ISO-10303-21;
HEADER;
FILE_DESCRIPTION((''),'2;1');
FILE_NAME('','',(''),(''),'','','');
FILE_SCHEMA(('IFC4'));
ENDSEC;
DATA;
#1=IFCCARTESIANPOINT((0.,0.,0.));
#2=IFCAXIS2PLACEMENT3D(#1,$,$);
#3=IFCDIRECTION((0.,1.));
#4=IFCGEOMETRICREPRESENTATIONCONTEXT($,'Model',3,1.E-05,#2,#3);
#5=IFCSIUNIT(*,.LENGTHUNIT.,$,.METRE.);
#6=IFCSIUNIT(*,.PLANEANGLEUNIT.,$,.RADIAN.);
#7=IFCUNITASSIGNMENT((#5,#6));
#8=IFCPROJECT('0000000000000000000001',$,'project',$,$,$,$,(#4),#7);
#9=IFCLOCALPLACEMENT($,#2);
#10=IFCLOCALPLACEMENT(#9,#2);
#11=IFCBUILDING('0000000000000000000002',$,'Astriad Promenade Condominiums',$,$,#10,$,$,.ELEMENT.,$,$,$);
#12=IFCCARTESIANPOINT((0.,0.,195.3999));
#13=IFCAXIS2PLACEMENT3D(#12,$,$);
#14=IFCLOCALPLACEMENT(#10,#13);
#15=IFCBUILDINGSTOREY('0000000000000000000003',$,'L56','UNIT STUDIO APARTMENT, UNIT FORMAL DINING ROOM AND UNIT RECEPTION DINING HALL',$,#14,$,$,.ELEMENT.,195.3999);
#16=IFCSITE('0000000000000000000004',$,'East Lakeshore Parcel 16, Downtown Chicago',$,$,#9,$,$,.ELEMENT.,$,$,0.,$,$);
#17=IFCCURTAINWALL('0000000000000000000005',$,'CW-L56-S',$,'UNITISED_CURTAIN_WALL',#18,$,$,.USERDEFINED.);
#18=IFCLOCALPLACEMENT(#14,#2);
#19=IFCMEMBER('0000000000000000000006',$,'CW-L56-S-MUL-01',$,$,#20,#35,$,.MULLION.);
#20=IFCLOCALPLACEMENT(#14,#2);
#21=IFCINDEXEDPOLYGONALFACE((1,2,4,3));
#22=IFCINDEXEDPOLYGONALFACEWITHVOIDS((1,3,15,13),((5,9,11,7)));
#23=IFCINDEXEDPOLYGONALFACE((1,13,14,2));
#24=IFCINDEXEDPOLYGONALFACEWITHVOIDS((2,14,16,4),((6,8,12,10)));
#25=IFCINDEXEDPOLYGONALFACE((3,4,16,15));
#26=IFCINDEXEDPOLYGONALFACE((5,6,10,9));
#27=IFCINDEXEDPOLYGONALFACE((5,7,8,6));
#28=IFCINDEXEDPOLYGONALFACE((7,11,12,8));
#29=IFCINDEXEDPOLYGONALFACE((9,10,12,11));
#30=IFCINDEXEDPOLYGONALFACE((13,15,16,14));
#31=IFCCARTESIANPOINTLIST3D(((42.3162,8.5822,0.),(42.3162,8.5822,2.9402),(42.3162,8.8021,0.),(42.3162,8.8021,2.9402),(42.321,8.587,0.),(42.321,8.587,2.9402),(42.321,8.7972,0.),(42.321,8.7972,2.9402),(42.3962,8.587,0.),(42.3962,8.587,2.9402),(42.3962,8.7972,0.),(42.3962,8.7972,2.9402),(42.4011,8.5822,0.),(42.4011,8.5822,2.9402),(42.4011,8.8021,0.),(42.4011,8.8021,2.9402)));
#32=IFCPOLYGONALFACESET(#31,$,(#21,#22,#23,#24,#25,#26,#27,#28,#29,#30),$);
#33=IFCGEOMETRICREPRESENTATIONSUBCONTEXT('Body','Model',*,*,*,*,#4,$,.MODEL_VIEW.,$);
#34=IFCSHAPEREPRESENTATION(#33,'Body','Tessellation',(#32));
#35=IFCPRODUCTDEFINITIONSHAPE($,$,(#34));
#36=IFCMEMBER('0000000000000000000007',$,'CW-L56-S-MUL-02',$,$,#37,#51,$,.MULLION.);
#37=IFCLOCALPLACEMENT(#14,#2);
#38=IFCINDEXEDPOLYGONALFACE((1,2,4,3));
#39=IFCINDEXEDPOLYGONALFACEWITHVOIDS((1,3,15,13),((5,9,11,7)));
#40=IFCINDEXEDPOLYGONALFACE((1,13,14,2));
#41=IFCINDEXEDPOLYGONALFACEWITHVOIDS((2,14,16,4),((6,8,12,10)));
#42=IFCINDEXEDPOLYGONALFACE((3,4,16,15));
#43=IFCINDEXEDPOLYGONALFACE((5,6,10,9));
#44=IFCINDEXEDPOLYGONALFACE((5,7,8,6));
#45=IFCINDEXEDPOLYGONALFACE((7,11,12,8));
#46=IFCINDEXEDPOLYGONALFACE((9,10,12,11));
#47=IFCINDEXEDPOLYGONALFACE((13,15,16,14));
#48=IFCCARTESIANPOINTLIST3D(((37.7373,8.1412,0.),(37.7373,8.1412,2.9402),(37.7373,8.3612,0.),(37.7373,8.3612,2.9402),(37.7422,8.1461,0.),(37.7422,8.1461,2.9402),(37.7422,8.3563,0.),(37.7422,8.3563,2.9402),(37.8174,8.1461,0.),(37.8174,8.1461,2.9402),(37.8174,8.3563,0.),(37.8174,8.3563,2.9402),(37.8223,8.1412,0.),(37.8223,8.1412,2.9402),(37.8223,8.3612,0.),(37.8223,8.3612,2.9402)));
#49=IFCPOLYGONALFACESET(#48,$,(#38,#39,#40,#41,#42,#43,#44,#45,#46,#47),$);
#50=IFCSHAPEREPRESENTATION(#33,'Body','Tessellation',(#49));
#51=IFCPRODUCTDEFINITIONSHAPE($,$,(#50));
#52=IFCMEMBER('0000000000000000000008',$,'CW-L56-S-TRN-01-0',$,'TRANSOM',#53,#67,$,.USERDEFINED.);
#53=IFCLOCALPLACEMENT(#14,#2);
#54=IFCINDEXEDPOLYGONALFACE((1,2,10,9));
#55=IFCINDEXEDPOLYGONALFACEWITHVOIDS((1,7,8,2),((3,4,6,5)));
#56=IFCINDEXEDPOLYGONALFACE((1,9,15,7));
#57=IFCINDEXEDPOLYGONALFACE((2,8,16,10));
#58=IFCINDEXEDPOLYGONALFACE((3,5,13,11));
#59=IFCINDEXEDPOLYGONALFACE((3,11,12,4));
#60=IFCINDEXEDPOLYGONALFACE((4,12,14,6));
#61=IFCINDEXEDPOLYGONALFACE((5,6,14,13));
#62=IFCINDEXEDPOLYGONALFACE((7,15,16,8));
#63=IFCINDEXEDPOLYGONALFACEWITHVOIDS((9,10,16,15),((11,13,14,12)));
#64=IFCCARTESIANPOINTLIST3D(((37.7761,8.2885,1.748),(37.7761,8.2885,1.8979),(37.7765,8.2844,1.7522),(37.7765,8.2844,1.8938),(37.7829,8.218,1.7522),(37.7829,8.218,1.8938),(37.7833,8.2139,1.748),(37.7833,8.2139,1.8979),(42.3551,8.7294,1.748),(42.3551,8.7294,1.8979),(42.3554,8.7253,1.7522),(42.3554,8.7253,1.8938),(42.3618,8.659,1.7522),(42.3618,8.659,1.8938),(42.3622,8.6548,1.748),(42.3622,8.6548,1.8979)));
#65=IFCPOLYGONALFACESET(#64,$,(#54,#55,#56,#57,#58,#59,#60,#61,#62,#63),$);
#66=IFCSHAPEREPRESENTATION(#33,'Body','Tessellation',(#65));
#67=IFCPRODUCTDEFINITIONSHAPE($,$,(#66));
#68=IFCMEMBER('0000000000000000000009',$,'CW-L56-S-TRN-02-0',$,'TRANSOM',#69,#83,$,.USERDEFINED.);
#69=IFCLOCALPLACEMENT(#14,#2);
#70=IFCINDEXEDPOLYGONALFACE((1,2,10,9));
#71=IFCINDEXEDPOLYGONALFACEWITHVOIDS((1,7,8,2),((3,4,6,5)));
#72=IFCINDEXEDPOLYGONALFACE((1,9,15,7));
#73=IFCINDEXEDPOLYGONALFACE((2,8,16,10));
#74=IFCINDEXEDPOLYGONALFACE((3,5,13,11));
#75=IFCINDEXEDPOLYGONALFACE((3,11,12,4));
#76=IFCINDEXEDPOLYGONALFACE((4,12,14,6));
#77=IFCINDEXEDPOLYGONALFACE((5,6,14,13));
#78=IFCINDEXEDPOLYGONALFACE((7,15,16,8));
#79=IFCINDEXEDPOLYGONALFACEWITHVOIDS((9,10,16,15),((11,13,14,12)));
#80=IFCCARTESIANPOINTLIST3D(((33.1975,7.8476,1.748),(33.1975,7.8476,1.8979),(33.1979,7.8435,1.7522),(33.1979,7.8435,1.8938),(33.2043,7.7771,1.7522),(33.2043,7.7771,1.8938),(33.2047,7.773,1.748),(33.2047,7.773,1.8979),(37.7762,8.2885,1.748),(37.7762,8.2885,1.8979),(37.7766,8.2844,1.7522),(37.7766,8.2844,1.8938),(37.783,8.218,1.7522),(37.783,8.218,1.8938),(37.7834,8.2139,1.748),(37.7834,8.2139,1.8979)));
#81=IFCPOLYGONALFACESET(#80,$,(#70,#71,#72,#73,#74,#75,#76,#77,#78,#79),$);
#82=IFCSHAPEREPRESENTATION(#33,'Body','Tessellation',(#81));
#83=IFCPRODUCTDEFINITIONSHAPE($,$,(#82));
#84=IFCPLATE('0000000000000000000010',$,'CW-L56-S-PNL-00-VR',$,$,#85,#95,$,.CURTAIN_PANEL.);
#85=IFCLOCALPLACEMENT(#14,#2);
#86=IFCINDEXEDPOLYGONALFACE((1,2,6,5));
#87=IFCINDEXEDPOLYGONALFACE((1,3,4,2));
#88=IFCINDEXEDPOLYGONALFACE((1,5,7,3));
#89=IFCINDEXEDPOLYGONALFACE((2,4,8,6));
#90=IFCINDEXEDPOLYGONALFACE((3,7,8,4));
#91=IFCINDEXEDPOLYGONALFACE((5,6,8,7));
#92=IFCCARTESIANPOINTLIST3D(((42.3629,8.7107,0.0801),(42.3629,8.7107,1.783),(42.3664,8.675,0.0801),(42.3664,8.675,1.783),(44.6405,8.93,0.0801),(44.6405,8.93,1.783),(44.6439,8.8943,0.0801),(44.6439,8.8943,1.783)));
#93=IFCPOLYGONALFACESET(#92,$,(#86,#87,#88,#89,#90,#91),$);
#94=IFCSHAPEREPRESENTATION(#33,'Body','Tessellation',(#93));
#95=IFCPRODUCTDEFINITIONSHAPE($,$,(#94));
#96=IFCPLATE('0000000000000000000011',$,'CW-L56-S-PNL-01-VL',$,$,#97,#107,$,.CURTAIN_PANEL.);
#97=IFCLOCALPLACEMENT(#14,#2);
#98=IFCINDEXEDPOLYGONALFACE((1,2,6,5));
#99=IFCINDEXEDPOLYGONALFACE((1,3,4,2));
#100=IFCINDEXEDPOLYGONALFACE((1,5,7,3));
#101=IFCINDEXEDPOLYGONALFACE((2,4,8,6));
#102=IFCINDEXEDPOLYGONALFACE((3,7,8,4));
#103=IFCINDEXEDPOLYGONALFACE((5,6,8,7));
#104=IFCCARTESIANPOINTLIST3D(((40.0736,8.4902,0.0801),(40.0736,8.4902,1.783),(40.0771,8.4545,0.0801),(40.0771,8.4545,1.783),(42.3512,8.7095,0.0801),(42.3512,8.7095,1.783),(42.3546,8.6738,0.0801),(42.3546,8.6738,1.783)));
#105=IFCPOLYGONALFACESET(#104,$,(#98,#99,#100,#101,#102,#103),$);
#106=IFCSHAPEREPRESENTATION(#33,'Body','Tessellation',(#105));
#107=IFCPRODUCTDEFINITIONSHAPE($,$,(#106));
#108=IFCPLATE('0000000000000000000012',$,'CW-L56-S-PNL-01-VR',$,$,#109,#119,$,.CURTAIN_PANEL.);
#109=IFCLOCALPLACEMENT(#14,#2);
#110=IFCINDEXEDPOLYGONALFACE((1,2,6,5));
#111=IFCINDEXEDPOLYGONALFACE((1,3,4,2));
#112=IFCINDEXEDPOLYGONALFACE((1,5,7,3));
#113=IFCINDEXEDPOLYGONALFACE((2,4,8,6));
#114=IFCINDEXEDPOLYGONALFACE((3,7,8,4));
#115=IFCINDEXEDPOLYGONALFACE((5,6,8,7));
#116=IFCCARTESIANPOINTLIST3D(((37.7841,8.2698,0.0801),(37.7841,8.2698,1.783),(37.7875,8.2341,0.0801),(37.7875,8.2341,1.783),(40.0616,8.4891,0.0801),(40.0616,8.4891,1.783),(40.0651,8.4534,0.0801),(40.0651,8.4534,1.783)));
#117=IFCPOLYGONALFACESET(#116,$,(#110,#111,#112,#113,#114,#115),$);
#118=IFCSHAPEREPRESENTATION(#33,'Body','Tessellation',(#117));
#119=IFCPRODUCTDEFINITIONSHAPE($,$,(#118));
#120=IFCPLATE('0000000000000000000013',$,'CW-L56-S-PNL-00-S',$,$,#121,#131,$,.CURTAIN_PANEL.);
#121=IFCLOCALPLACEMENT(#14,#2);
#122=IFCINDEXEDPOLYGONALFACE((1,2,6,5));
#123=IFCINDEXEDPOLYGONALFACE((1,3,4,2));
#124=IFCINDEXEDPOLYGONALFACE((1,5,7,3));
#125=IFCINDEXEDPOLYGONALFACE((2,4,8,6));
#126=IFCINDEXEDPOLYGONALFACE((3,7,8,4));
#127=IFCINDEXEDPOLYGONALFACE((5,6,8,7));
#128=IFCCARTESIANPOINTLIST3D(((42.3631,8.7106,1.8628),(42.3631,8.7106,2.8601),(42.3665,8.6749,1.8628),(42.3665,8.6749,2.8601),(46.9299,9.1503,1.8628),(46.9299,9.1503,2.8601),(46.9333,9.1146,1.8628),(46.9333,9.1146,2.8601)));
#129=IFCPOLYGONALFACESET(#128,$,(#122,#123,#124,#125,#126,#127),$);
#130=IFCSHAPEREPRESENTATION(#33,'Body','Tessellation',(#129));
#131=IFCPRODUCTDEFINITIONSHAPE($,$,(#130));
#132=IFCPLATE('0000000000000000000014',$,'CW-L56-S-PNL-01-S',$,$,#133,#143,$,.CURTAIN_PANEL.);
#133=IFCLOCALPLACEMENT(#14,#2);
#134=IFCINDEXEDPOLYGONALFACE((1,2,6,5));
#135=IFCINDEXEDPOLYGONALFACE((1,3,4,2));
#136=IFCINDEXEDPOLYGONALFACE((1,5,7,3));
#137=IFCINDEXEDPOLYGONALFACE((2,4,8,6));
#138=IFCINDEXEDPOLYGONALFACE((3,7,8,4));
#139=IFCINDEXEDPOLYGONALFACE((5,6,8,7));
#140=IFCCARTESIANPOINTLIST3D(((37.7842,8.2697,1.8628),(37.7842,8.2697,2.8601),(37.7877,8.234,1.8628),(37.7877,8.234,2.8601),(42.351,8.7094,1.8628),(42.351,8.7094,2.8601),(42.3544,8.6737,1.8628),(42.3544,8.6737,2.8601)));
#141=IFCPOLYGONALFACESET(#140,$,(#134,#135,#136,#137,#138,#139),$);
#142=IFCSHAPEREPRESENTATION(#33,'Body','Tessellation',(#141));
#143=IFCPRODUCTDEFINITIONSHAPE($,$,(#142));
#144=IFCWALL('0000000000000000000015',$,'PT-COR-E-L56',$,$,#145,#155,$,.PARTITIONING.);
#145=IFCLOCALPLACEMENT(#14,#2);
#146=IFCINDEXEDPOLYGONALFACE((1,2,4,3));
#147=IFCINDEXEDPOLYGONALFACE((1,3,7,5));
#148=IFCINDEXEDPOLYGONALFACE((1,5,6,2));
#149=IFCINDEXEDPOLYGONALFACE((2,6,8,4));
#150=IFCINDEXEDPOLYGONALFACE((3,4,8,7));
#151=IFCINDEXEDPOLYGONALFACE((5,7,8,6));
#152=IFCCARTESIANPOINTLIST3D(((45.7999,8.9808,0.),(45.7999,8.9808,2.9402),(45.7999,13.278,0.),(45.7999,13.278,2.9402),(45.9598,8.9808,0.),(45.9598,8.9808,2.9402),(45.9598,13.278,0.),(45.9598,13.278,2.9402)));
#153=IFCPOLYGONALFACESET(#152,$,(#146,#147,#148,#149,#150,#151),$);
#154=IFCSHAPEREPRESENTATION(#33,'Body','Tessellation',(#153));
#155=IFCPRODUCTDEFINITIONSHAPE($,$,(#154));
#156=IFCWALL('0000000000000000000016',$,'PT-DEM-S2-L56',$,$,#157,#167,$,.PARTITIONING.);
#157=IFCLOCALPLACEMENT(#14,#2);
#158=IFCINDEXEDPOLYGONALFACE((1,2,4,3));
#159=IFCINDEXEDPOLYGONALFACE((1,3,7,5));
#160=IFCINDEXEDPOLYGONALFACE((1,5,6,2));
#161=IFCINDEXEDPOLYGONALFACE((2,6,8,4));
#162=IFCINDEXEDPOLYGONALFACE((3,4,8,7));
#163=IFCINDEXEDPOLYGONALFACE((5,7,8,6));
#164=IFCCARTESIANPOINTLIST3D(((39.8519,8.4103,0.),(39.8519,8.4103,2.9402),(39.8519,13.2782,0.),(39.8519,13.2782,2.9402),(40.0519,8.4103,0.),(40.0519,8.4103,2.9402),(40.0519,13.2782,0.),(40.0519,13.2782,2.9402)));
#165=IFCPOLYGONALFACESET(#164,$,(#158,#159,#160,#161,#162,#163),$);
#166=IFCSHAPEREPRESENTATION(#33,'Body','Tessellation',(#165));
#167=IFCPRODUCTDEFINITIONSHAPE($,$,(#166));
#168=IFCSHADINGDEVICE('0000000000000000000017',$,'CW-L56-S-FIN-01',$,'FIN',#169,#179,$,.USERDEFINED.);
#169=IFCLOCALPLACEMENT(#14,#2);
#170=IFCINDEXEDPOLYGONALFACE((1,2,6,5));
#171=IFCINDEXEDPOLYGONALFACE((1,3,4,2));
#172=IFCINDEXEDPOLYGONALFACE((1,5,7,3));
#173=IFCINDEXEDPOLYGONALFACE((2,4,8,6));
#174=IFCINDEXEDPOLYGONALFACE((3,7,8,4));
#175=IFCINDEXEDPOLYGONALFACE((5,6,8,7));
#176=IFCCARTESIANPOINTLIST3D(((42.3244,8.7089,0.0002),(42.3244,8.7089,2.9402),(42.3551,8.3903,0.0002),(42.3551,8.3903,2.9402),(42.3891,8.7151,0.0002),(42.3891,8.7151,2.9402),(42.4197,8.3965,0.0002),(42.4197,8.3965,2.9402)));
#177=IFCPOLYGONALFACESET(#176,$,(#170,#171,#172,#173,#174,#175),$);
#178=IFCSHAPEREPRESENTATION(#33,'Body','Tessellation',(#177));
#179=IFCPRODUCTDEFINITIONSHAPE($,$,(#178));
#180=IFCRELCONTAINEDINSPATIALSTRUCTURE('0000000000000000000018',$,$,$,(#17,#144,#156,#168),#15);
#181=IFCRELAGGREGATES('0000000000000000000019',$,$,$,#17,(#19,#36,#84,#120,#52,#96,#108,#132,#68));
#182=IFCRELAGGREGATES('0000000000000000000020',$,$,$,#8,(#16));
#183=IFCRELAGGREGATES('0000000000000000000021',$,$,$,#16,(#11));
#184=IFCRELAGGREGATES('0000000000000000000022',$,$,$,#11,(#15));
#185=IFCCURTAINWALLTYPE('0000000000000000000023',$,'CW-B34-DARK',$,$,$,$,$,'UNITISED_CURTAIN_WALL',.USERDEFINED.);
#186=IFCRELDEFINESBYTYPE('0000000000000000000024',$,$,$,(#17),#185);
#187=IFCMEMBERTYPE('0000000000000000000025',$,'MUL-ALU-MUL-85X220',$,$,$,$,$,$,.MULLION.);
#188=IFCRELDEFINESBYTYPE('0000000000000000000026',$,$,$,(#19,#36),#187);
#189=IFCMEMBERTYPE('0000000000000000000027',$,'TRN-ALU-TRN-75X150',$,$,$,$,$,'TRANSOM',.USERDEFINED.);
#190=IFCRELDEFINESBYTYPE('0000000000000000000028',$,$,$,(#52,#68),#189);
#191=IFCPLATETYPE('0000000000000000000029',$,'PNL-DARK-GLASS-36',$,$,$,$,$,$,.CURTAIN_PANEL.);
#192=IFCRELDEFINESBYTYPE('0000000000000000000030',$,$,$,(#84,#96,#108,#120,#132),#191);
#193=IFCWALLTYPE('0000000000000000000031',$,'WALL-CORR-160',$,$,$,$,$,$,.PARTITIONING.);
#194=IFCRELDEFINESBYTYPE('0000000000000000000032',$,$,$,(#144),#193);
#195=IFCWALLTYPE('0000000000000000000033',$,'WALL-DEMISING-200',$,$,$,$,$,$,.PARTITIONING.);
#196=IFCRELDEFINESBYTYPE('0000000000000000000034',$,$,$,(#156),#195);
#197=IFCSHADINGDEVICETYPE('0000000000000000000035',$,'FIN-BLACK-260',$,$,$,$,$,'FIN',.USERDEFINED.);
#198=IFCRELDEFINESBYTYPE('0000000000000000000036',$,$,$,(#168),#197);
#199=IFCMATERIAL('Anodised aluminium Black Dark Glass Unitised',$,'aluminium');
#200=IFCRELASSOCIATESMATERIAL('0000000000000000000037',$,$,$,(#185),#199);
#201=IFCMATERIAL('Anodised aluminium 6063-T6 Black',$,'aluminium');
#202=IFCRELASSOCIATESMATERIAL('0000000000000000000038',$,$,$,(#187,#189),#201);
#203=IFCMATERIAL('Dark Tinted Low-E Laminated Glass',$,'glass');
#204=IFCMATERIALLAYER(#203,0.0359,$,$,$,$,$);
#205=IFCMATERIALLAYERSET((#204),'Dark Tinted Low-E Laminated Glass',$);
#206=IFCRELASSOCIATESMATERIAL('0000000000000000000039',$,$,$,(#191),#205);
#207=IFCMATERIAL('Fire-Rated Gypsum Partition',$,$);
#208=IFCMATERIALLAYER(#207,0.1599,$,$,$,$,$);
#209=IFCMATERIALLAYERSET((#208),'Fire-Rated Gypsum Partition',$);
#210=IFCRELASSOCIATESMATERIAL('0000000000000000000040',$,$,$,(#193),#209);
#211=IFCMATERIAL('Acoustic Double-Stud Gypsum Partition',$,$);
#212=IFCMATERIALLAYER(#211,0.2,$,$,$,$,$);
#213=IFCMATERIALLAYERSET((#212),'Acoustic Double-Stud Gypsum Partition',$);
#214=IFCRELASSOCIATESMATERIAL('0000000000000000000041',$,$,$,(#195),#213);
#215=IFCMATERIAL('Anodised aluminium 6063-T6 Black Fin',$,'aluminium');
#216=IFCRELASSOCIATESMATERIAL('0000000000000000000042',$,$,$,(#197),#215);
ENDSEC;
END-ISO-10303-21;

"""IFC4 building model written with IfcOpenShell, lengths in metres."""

from ifc_helpers import new_model, si_unit, direction, frame, frame_2d, origin, origin_2d, place, context, subcontext, project, spatial, rectangle, hollow_rectangle, extrude, source, transform, mapped, material, layer, layer_set, material_profile, profile_set, type_object, type_shapes, element, aggregate, save


model = new_model("IFC4")

# Units and contexts
model_context = context("Model", 3, precision=1e-05, world=origin(), true_north=direction((0.0, 1.0)))
body_context = subcontext(model_context, "Body", "Model", "MODEL_VIEW")
ifc_project = project(units=[si_unit("LENGTHUNIT", "METRE"), si_unit("PLANEANGLEUNIT", "RADIAN")], contexts=[model_context])

# Site, building, storey
site_placement = place(None, origin())
site = spatial("IfcSite", under=ifc_project, at=site_placement, Name="East Lakeshore Parcel 16, Downtown Chicago", CompositionType="ELEMENT", RefElevation=0.0)
building_placement = place(site_placement, origin())
building = spatial("IfcBuilding", under=site, at=building_placement, Name="Astriad Promenade Condominiums", CompositionType="ELEMENT")
storey_placement = place(building_placement, frame((0.0, 0.0, 195.3999)))
storey = spatial("IfcBuildingStorey", under=building, at=storey_placement, Name="L56", Description="UNIT STUDIO APARTMENT, UNIT FORMAL DINING ROOM AND UNIT RECEPTION DINING HALL", CompositionType="ELEMENT", Elevation=195.3999)

# Curtain wall, members, plates
ifc_material_1 = material(Name="Anodised aluminium Black Dark Glass Unitised", Category="aluminium")
curtain_wall_type = type_object("IfcCurtainWallType", Name="CW-B34-DARK", ElementType="UNITISED_CURTAIN_WALL", PredefinedType="USERDEFINED", material=ifc_material_1)
curtain_wall_placement = place(storey_placement, origin())
curtain_wall = element("IfcCurtainWall", 1, at=curtain_wall_placement, inside=storey, type_object=curtain_wall_type, Name="CW-L56-S", ObjectType="UNITISED_CURTAIN_WALL", PredefinedType="USERDEFINED")
ifc_material_2 = material(Name="Anodised aluminium 6063-T6 Black", Category="aluminium")
ifc_material_profile_1 = material_profile(ifc_material_2, hollow_rectangle(XDim=0.085, YDim=0.22, WallThickness=0.0049, at=origin_2d()), Name="ALU-MUL-85X220")
ifc_profile_set_1 = profile_set([ifc_material_profile_1], Name="Anodised aluminium 6063-T6 Black")
member_type_1 = type_object("IfcMemberType", Name="MUL-ALU-MUL-85X220", PredefinedType="MULLION", material=ifc_profile_set_1)
shared_shape_1 = source(origin(), body_context, "Body", "SweptSolid", [
    extrude(hollow_rectangle(XDim=0.085, YDim=0.22, WallThickness=0.0049, at=origin_2d()), origin(), (0.0, 0.0, 1.0), 2.9402),
])
type_shapes(member_type_1, [shared_shape_1])
member_1_placement = place(storey_placement, frame((42.3586, 8.6921, 0.0), z_axis=(0.0, 0.0, 1.0), x_axis=(1.0, 0.0, 0.0)))
member_1 = element("IfcMember", 2, at=member_1_placement, type_object=member_type_1, Name="CW-L56-S-MUL-01", PredefinedType="MULLION", context=body_context, shape_type="MappedRepresentation", body=[
    mapped(shared_shape_1, transform((0.0, 0.0, 0.0), scale=1.0)),
])
member_2_placement = place(storey_placement, frame((37.7798, 8.2512, 0.0), z_axis=(0.0, 0.0, 1.0), x_axis=(1.0, 0.0, 0.0)))
member_2 = element("IfcMember", 3, at=member_2_placement, type_object=member_type_1, Name="CW-L56-S-MUL-02", PredefinedType="MULLION", context=body_context, shape_type="MappedRepresentation", body=[
    mapped(shared_shape_1, transform((0.0, 0.0, 0.0), scale=1.0)),
])
ifc_material_profile_2 = material_profile(ifc_material_2, hollow_rectangle(XDim=0.075, YDim=0.1499, WallThickness=0.0042, at=origin_2d()), Name="ALU-TRN-75X150")
ifc_profile_set_2 = profile_set([ifc_material_profile_2], Name="Anodised aluminium 6063-T6 Black")
member_type_2 = type_object("IfcMemberType", Name="TRN-ALU-TRN-75X150", ElementType="TRANSOM", PredefinedType="USERDEFINED", material=ifc_profile_set_2)
shared_shape_2 = source(origin(), body_context, "Body", "SweptSolid", [
    extrude(hollow_rectangle(XDim=0.075, YDim=0.1499, WallThickness=0.0042, at=origin_2d()), origin(), (0.0, 0.0, 1.0), 4.6001),
])
member_3_placement = place(storey_placement, frame((42.3586, 8.6921, 1.823), z_axis=(-0.995396, -0.095851, 0.0), x_axis=(0.095851, -0.995396, 0.0)))
member_3 = element("IfcMember", 4, at=member_3_placement, type_object=member_type_2, Name="CW-L56-S-TRN-01-0", ObjectType="TRANSOM", PredefinedType="USERDEFINED", context=body_context, shape_type="MappedRepresentation", body=[
    mapped(shared_shape_2, transform((0.0, 0.0, 0.0), scale=1.0)),
])
shared_shape_3 = source(origin(), body_context, "Body", "SweptSolid", [
    extrude(hollow_rectangle(XDim=0.075, YDim=0.1499, WallThickness=0.0042, at=origin_2d()), origin(), (0.0, 0.0, 1.0), 4.5999),
])
type_shapes(member_type_2, [shared_shape_2, shared_shape_3])
member_4_placement = place(storey_placement, frame((37.7798, 8.2512, 1.823), z_axis=(-0.995395, -0.095856, 0.0), x_axis=(0.095856, -0.995395, 0.0)))
member_4 = element("IfcMember", 5, at=member_4_placement, type_object=member_type_2, Name="CW-L56-S-TRN-02-0", ObjectType="TRANSOM", PredefinedType="USERDEFINED", context=body_context, shape_type="MappedRepresentation", body=[
    mapped(shared_shape_3, transform((0.0, 0.0, 0.0), scale=1.0)),
])
ifc_material_3 = material(Name="Dark Tinted Low-E Laminated Glass", Category="glass")
ifc_layer_1 = layer(ifc_material_3, 0.0359)
ifc_layer_set_1 = layer_set([ifc_layer_1], Name="Dark Tinted Low-E Laminated Glass")
plate_type = type_object("IfcPlateType", Name="PNL-DARK-GLASS-36", PredefinedType="CURTAIN_PANEL", material=ifc_layer_set_1)
shared_shape_4 = source(origin(), body_context, "Body", "SweptSolid", [
    extrude(rectangle(XDim=2.2881, YDim=0.0359, at=origin_2d()), origin(), (0.0, 0.0, 1.0), 1.7029),
])
plate_1_placement = place(storey_placement, frame((43.5034, 8.8025, 0.0801), z_axis=(0.0, 0.0, 1.0), x_axis=(-0.995396, -0.095846, 0.0)))
plate_1 = element("IfcPlate", 6, at=plate_1_placement, type_object=plate_type, Name="CW-L56-S-PNL-00-VR", PredefinedType="CURTAIN_PANEL", context=body_context, shape_type="MappedRepresentation", body=[
    mapped(shared_shape_4, transform((0.0, 0.0, 0.0), scale=1.0)),
])
plate_2_placement = place(storey_placement, frame((41.2141, 8.582, 0.0801), z_axis=(0.0, 0.0, 1.0), x_axis=(-0.995396, -0.095846, 0.0)))
plate_2 = element("IfcPlate", 7, at=plate_2_placement, type_object=plate_type, Name="CW-L56-S-PNL-01-VL", PredefinedType="CURTAIN_PANEL", context=body_context, shape_type="MappedRepresentation", body=[
    mapped(shared_shape_4, transform((0.0, 0.0, 0.0), scale=1.0)),
])
plate_3_placement = place(storey_placement, frame((38.9246, 8.3616, 0.0801), z_axis=(0.0, 0.0, 1.0), x_axis=(-0.995396, -0.095846, 0.0)))
plate_3 = element("IfcPlate", 8, at=plate_3_placement, type_object=plate_type, Name="CW-L56-S-PNL-01-VR", PredefinedType="CURTAIN_PANEL", context=body_context, shape_type="MappedRepresentation", body=[
    mapped(shared_shape_4, transform((0.0, 0.0, 0.0), scale=1.0)),
])
shared_shape_5 = source(origin(), body_context, "Body", "SweptSolid", [
    extrude(rectangle(XDim=4.5879, YDim=0.0359, at=origin_2d()), origin(), (0.0, 0.0, 1.0), 0.9973),
])
type_shapes(plate_type, [shared_shape_4, shared_shape_5])
plate_4_placement = place(storey_placement, frame((44.6482, 8.9126, 1.8628), z_axis=(0.0, 0.0, 1.0), x_axis=(-0.995396, -0.095846, 0.0)))
plate_4 = element("IfcPlate", 9, at=plate_4_placement, type_object=plate_type, Name="CW-L56-S-PNL-00-S", PredefinedType="CURTAIN_PANEL", context=body_context, shape_type="MappedRepresentation", body=[
    mapped(shared_shape_5, transform((0.0, 0.0, 0.0), scale=1.0)),
])
plate_5_placement = place(storey_placement, frame((40.0693, 8.4717, 1.8628), z_axis=(0.0, 0.0, 1.0), x_axis=(-0.995396, -0.095846, 0.0)))
plate_5 = element("IfcPlate", 10, at=plate_5_placement, type_object=plate_type, Name="CW-L56-S-PNL-01-S", PredefinedType="CURTAIN_PANEL", context=body_context, shape_type="MappedRepresentation", body=[
    mapped(shared_shape_5, transform((0.0, 0.0, 0.0), scale=1.0)),
])
aggregate(curtain_wall, [member_1, member_2, plate_1, plate_4, member_3, plate_2, plate_3, plate_5, member_4])

# Walls
ifc_material_4 = material(Name="Fire-Rated Gypsum Partition")
ifc_layer_2 = layer(ifc_material_4, 0.1599)
ifc_layer_set_2 = layer_set([ifc_layer_2], Name="Fire-Rated Gypsum Partition")
wall_type_1 = type_object("IfcWallType", Name="WALL-CORR-160", PredefinedType="PARTITIONING", material=ifc_layer_set_2)
wall_1_placement = place(storey_placement, frame((45.8799, 8.981, 0.0), z_axis=(0.0, 0.0, 1.0), x_axis=(0.0, 1.0, 0.0)))
element("IfcWall", 11, at=wall_1_placement, inside=storey, type_object=wall_type_1, Name="PT-COR-E-L56", PredefinedType="PARTITIONING", context=body_context, shape_type="SweptSolid", body=[
    extrude(rectangle(XDim=4.2971, YDim=0.1599, at=frame_2d((2.1484, 0.0))), origin(), (0.0, 0.0, 1.0), 2.9402),
])
ifc_material_5 = material(Name="Acoustic Double-Stud Gypsum Partition")
ifc_layer_3 = layer(ifc_material_5, 0.2)
ifc_layer_set_3 = layer_set([ifc_layer_3], Name="Acoustic Double-Stud Gypsum Partition")
wall_type_2 = type_object("IfcWallType", Name="WALL-DEMISING-200", PredefinedType="PARTITIONING", material=ifc_layer_set_3)
wall_2_placement = place(storey_placement, frame((39.9519, 8.4102, 0.0), z_axis=(0.0, 0.0, 1.0), x_axis=(0.0, 1.0, 0.0)))
element("IfcWall", 12, at=wall_2_placement, inside=storey, type_object=wall_type_2, Name="PT-DEM-S2-L56", PredefinedType="PARTITIONING", context=body_context, shape_type="SweptSolid", body=[
    extrude(rectangle(XDim=4.8679, YDim=0.2, at=frame_2d((2.4341, 0.0))), origin(), (0.0, 0.0, 1.0), 2.9402),
])

# Shading device
ifc_material_6 = material(Name="Anodised aluminium 6063-T6 Black Fin", Category="aluminium")
shading_device_type = type_object("IfcShadingDeviceType", Name="FIN-BLACK-260", ElementType="FIN", PredefinedType="USERDEFINED", material=ifc_material_6)
shared_shape_6 = source(origin(), body_context, "Body", "SweptSolid", [
    extrude(rectangle(XDim=0.0649, YDim=0.3201, at=origin_2d()), origin(), (0.0, 0.0, 1.0), 2.9399),
])
type_shapes(shading_device_type, [shared_shape_6])
for number, where, z_axis, x_axis, name in (
    (13, (42.3721, 8.5527, 0.0002), (0.0, 0.0, 1.0), (-0.995396, -0.095846, 0.0), "CW-L56-S-FIN-01"),
):
    element("IfcShadingDevice", number, at=place(storey_placement, frame(where, z_axis=z_axis, x_axis=x_axis)), inside=storey, type_object=shading_device_type, Name=name, ObjectType="FIN", PredefinedType="USERDEFINED", context=body_context, shape_type="MappedRepresentation", body=[
        mapped(shared_shape_6, transform((0.0, 0.0, 0.0), scale=1.0)),
    ])

save(model, "model.ifc")
